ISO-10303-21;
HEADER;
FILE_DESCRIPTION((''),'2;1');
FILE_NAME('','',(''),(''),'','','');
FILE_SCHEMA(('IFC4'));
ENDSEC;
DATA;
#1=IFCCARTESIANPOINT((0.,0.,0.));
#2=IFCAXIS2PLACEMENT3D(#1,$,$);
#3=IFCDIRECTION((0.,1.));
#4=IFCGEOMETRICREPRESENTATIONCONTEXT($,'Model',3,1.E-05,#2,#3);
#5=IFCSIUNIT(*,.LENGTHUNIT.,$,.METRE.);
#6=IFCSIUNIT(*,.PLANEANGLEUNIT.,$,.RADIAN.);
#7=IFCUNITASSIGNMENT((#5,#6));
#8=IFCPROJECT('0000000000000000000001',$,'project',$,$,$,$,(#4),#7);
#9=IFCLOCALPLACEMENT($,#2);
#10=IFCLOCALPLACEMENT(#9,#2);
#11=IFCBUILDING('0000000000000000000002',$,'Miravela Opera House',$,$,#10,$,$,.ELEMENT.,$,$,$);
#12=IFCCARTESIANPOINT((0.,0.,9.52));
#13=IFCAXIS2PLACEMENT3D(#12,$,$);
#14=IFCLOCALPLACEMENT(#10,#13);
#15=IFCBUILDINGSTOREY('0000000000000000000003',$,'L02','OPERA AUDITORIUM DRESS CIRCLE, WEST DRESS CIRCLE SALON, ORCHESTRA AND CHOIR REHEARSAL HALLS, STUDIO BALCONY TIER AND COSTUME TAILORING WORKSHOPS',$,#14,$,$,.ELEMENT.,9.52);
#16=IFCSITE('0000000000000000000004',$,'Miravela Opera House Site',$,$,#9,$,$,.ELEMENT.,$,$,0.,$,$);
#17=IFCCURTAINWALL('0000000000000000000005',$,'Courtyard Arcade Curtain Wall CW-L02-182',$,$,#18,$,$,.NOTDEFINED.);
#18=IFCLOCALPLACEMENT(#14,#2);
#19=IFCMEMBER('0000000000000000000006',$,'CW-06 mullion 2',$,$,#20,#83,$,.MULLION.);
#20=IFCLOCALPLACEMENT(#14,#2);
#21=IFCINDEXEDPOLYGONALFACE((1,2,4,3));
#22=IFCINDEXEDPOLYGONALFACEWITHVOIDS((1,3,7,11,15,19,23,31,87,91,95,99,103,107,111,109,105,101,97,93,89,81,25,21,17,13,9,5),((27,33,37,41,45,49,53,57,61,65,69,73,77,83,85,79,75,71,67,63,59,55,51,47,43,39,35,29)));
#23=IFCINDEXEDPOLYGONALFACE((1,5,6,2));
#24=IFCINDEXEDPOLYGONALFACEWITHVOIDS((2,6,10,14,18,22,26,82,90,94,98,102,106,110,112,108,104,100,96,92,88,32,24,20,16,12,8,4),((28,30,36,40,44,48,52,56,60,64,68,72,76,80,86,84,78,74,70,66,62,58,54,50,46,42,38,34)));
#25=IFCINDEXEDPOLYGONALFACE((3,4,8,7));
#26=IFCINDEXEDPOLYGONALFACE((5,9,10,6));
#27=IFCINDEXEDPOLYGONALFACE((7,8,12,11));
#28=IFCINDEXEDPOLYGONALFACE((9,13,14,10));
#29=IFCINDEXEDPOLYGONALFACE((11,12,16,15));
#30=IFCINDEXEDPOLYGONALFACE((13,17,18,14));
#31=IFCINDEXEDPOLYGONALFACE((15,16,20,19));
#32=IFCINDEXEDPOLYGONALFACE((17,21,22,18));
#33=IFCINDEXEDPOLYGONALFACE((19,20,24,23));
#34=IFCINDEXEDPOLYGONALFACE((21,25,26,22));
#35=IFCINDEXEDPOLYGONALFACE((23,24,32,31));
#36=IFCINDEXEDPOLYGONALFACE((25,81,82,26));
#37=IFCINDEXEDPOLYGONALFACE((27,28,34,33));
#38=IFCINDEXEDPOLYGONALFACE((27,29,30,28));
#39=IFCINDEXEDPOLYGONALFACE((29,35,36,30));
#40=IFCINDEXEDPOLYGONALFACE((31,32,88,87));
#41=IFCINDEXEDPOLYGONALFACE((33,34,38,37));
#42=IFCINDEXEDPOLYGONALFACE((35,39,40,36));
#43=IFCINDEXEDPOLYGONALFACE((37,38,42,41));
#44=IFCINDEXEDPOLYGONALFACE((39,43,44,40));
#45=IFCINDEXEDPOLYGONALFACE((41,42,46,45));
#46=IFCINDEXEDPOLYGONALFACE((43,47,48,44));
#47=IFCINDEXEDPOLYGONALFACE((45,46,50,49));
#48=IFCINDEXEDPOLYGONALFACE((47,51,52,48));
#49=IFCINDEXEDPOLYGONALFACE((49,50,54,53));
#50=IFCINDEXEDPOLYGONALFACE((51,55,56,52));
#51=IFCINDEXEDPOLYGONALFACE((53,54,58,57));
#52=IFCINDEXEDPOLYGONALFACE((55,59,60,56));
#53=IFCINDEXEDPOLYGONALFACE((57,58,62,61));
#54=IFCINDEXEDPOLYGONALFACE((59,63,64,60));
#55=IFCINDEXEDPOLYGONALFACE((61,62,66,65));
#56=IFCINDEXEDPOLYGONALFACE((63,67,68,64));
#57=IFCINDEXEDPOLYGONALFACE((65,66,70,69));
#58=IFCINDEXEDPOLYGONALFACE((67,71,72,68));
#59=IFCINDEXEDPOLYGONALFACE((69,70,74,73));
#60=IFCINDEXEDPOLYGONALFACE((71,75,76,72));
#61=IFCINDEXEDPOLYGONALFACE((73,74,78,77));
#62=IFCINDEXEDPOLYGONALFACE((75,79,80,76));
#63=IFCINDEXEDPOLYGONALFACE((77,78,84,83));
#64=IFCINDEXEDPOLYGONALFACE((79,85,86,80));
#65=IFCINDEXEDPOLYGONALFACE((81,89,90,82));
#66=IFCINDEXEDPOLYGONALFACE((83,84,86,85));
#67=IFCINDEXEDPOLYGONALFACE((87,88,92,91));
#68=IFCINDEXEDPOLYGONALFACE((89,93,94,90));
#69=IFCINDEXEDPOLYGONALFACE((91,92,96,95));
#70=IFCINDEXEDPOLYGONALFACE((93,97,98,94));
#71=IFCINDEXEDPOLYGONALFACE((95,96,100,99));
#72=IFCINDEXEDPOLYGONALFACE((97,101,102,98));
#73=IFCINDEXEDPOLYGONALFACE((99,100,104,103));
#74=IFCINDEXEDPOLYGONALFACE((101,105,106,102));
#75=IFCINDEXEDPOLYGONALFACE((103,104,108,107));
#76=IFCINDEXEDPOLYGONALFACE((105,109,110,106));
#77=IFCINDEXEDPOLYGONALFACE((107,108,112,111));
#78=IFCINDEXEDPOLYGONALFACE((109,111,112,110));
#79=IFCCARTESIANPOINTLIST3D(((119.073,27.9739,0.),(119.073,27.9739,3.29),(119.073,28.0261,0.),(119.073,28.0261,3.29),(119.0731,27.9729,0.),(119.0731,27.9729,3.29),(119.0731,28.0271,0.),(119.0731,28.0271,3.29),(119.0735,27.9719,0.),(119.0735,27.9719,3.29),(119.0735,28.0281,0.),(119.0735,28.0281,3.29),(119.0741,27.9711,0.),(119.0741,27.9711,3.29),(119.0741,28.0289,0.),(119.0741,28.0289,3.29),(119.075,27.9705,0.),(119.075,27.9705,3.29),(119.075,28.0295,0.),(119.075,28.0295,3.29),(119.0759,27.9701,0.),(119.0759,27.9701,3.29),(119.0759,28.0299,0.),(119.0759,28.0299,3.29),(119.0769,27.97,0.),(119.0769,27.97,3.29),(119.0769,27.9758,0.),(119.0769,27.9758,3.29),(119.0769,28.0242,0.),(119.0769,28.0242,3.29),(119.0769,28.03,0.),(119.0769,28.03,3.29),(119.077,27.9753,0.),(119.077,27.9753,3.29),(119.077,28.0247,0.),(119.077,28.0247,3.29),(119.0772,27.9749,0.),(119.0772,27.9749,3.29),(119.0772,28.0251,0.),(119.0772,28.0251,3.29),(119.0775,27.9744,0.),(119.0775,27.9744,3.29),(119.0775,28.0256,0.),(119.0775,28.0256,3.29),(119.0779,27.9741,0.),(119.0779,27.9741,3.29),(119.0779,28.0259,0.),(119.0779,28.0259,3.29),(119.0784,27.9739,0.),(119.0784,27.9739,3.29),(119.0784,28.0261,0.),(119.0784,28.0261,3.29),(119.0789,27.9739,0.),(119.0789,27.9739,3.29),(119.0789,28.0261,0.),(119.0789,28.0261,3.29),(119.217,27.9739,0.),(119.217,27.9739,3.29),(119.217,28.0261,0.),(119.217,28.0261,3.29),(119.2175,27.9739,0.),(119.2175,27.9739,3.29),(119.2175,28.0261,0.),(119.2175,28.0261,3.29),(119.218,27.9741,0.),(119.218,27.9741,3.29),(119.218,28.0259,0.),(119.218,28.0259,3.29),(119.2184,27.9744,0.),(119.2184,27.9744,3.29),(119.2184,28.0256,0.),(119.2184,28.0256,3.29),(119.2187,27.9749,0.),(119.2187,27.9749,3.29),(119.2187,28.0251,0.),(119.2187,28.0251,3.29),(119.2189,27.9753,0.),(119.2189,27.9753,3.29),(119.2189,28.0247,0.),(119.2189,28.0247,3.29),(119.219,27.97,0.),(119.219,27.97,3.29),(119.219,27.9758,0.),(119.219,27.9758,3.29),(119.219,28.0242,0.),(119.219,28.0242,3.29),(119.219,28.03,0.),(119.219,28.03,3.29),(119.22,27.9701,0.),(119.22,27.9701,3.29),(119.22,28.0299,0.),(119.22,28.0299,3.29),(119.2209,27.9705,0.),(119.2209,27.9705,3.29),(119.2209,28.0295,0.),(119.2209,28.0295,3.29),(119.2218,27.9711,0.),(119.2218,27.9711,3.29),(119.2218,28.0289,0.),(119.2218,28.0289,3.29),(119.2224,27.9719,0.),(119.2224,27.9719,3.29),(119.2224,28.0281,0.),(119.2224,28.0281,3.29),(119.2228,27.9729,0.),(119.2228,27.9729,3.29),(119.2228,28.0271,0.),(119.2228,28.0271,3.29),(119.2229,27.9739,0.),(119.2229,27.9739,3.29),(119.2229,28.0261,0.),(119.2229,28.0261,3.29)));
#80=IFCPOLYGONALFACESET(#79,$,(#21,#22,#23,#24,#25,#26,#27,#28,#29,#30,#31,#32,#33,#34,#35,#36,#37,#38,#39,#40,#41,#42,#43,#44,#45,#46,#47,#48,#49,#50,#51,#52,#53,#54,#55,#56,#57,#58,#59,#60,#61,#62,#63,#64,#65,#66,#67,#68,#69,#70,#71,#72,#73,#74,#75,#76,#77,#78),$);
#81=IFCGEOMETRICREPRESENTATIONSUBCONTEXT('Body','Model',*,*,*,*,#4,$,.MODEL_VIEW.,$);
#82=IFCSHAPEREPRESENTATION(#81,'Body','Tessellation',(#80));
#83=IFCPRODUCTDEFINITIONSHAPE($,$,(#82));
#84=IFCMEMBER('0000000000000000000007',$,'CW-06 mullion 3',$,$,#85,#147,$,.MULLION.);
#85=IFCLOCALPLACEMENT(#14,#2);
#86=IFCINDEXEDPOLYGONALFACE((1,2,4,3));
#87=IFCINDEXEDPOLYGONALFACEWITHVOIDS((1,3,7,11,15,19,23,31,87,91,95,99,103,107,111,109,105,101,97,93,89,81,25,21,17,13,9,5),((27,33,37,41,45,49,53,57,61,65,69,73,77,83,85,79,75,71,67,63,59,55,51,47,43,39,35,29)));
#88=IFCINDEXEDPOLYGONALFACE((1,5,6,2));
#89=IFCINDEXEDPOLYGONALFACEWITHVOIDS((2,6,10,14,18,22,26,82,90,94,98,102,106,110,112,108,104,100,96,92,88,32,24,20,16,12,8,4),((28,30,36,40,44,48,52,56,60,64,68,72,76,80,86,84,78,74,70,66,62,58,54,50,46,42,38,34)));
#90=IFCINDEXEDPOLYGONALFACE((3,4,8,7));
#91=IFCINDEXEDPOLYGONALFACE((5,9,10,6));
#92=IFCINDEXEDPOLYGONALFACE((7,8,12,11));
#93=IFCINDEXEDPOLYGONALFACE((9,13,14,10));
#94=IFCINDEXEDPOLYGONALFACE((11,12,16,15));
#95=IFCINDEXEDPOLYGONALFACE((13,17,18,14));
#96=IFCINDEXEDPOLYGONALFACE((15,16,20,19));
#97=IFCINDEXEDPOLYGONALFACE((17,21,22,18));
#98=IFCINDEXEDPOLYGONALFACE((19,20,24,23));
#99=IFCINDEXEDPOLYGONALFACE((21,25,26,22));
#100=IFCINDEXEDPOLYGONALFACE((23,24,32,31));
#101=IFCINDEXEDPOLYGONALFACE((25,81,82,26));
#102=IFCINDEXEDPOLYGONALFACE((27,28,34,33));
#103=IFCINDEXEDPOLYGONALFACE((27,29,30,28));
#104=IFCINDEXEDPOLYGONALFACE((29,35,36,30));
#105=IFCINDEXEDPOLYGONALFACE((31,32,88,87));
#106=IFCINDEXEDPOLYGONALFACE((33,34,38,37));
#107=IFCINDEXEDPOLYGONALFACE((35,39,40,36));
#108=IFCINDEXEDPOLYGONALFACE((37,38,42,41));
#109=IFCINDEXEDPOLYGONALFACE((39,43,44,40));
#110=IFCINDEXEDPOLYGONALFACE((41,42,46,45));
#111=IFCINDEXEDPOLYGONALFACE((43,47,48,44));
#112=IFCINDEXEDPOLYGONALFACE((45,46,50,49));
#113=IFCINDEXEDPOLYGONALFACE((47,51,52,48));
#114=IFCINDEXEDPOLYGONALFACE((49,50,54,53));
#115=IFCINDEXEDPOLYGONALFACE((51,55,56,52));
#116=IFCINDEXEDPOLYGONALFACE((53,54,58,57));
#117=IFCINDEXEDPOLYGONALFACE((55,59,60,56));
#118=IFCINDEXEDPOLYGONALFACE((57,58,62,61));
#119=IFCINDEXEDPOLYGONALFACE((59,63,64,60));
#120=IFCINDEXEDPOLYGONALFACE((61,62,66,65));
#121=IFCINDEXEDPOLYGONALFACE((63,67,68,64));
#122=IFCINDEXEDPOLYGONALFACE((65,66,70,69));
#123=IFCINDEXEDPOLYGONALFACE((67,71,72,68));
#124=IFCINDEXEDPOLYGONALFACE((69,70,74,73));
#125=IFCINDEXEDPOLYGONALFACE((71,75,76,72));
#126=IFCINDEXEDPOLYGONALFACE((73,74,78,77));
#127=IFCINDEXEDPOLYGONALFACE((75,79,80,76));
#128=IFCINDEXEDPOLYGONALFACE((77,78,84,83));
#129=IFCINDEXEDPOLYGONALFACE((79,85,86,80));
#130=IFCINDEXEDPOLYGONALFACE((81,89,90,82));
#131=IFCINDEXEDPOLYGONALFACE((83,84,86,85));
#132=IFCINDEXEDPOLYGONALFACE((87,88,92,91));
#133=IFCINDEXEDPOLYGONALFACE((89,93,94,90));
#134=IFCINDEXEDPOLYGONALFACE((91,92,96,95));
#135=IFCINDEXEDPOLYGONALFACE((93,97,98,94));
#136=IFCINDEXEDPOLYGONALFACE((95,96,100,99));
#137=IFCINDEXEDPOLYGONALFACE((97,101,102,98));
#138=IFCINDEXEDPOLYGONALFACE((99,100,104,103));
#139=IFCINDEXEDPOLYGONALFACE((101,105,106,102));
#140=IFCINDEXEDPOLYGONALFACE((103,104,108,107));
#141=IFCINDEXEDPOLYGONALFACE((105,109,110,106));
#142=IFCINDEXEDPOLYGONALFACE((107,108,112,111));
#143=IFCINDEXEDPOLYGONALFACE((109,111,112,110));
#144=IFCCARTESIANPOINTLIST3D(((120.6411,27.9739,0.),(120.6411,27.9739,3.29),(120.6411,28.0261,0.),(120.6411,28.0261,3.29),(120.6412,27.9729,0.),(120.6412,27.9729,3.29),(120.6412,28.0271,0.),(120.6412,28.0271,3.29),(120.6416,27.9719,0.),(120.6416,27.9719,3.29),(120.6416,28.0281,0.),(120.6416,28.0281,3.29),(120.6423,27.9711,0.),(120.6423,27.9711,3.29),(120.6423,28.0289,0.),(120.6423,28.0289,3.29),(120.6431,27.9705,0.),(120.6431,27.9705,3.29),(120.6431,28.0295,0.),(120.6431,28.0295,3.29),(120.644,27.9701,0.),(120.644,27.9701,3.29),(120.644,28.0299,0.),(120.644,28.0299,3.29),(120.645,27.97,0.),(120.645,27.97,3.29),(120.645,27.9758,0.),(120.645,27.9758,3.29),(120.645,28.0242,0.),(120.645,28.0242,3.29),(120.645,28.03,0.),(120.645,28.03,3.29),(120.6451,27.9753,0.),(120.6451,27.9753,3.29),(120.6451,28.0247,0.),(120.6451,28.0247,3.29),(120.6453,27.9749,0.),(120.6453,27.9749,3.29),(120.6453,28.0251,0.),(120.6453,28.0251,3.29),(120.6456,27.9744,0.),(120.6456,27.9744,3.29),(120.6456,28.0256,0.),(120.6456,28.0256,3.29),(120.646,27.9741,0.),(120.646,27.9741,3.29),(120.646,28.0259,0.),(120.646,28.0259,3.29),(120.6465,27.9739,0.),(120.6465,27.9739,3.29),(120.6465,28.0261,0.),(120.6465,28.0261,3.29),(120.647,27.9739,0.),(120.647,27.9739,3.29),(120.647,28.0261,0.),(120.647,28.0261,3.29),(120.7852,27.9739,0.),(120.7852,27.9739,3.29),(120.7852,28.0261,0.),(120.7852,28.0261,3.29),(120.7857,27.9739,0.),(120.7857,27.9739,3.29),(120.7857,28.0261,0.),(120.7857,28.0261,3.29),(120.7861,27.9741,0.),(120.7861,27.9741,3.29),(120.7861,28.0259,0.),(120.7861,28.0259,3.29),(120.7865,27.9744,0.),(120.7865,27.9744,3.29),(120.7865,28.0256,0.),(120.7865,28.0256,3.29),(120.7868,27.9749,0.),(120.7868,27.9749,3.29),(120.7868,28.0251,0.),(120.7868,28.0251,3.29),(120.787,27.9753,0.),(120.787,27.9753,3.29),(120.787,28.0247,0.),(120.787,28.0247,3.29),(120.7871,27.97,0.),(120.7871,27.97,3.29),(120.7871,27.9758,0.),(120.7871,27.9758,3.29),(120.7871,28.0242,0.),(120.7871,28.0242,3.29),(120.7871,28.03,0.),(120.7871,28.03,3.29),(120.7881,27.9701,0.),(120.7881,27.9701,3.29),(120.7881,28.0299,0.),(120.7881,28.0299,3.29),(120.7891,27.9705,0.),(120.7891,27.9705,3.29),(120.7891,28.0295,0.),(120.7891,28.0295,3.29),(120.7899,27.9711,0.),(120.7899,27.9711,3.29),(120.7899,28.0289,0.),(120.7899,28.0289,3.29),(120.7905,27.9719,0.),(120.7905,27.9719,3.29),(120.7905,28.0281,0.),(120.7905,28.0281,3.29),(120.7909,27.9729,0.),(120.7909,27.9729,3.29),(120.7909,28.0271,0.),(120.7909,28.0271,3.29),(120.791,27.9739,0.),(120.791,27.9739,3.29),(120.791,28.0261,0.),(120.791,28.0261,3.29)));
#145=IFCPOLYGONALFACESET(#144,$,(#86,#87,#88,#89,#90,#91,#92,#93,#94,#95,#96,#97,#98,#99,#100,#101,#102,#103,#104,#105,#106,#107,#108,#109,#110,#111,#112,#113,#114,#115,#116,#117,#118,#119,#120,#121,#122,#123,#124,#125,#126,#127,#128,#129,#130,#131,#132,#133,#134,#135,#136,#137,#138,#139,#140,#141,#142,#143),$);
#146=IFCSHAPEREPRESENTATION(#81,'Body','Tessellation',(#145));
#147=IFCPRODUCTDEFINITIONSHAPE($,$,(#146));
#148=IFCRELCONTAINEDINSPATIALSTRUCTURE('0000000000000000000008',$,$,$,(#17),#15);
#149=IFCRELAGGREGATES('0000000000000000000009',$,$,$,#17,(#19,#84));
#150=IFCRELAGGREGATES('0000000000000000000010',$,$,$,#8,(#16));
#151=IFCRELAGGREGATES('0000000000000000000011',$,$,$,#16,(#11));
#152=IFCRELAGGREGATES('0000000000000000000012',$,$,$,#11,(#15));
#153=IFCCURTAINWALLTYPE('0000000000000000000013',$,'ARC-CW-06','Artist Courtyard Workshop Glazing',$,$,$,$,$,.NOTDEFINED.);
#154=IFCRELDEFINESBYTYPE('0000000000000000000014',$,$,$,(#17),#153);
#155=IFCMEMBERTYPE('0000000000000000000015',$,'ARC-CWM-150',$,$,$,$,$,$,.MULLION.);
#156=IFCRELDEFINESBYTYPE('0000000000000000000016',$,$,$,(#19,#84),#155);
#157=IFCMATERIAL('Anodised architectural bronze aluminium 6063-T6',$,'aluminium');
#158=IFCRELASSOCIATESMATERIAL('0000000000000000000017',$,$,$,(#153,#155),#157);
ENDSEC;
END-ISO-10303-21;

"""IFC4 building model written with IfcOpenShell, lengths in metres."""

from ifc_helpers import new_model, si_unit, direction, frame, origin, origin_2d, place, context, subcontext, project, spatial, hollow_rectangle, extrude, material, material_profile, profile_set, type_object, element, aggregate, save


model = new_model("IFC4")

# Units and contexts
model_context = context("Model", 3, precision=1e-05, world=origin(), true_north=direction((0.0, 1.0)))
body_context = subcontext(model_context, "Body", "Model", "MODEL_VIEW")
ifc_project = project(units=[si_unit("LENGTHUNIT", "METRE"), si_unit("PLANEANGLEUNIT", "RADIAN")], contexts=[model_context])

# Site, building, storey
site_placement = place(None, origin())
site = spatial("IfcSite", under=ifc_project, at=site_placement, Name="Miravela Opera House Site", CompositionType="ELEMENT", RefElevation=0.0)
building_placement = place(site_placement, origin())
building = spatial("IfcBuilding", under=site, at=building_placement, Name="Miravela Opera House", CompositionType="ELEMENT")
storey_placement = place(building_placement, frame((0.0, 0.0, 9.52)))
storey = spatial("IfcBuildingStorey", under=building, at=storey_placement, Name="L02", Description="OPERA AUDITORIUM DRESS CIRCLE, WEST DRESS CIRCLE SALON, ORCHESTRA AND CHOIR REHEARSAL HALLS, STUDIO BALCONY TIER AND COSTUME TAILORING WORKSHOPS", CompositionType="ELEMENT", Elevation=9.52)

# Curtain wall, members
ifc_material_1 = material(Name="Anodised architectural bronze aluminium 6063-T6", Category="aluminium")
curtain_wall_type = type_object("IfcCurtainWallType", Name="ARC-CW-06", Description="Artist Courtyard Workshop Glazing", PredefinedType="NOTDEFINED", material=ifc_material_1)
curtain_wall_placement = place(storey_placement, origin())
curtain_wall = element("IfcCurtainWall", 1, at=curtain_wall_placement, inside=storey, type_object=curtain_wall_type, Name="Courtyard Arcade Curtain Wall CW-L02-182", PredefinedType="NOTDEFINED")
ifc_material_profile_1 = material_profile(ifc_material_1, hollow_rectangle(XDim=0.0601, YDim=0.1499, WallThickness=0.0039, InnerFilletRadius=0.002, OuterFilletRadius=0.0039, at=origin_2d()), Name="CWM-60X150")
ifc_profile_set_1 = profile_set([ifc_material_profile_1])
member_type_1 = type_object("IfcMemberType", Name="ARC-CWM-150", PredefinedType="MULLION", material=ifc_profile_set_1)
member_1_placement = place(storey_placement, frame((119.1479, 28.0, 0.0), z_axis=(0.0, 0.0, 1.0), x_axis=(0.0, 1.0, 0.0)))
member_1 = element("IfcMember", 2, at=member_1_placement, type_object=member_type_1, Name="CW-06 mullion 2", PredefinedType="MULLION", context=body_context, shape_type="SweptSolid", body=[
    extrude(hollow_rectangle(XDim=0.0601, YDim=0.1499, WallThickness=0.0039, InnerFilletRadius=0.002, OuterFilletRadius=0.0039, at=origin_2d()), origin(), (0.0, 0.0, 1.0), 3.29),
])
member_2_placement = place(storey_placement, frame((120.7161, 28.0, 0.0), z_axis=(0.0, 0.0, 1.0), x_axis=(0.0, 1.0, 0.0)))
member_2 = element("IfcMember", 3, at=member_2_placement, type_object=member_type_1, Name="CW-06 mullion 3", PredefinedType="MULLION", context=body_context, shape_type="SweptSolid", body=[
    extrude(hollow_rectangle(XDim=0.0601, YDim=0.1499, WallThickness=0.0039, InnerFilletRadius=0.002, OuterFilletRadius=0.0039, at=origin_2d()), origin(), (0.0, 0.0, 1.0), 3.29),
])
aggregate(curtain_wall, [member_1, member_2])

save(model, "model.ifc")
